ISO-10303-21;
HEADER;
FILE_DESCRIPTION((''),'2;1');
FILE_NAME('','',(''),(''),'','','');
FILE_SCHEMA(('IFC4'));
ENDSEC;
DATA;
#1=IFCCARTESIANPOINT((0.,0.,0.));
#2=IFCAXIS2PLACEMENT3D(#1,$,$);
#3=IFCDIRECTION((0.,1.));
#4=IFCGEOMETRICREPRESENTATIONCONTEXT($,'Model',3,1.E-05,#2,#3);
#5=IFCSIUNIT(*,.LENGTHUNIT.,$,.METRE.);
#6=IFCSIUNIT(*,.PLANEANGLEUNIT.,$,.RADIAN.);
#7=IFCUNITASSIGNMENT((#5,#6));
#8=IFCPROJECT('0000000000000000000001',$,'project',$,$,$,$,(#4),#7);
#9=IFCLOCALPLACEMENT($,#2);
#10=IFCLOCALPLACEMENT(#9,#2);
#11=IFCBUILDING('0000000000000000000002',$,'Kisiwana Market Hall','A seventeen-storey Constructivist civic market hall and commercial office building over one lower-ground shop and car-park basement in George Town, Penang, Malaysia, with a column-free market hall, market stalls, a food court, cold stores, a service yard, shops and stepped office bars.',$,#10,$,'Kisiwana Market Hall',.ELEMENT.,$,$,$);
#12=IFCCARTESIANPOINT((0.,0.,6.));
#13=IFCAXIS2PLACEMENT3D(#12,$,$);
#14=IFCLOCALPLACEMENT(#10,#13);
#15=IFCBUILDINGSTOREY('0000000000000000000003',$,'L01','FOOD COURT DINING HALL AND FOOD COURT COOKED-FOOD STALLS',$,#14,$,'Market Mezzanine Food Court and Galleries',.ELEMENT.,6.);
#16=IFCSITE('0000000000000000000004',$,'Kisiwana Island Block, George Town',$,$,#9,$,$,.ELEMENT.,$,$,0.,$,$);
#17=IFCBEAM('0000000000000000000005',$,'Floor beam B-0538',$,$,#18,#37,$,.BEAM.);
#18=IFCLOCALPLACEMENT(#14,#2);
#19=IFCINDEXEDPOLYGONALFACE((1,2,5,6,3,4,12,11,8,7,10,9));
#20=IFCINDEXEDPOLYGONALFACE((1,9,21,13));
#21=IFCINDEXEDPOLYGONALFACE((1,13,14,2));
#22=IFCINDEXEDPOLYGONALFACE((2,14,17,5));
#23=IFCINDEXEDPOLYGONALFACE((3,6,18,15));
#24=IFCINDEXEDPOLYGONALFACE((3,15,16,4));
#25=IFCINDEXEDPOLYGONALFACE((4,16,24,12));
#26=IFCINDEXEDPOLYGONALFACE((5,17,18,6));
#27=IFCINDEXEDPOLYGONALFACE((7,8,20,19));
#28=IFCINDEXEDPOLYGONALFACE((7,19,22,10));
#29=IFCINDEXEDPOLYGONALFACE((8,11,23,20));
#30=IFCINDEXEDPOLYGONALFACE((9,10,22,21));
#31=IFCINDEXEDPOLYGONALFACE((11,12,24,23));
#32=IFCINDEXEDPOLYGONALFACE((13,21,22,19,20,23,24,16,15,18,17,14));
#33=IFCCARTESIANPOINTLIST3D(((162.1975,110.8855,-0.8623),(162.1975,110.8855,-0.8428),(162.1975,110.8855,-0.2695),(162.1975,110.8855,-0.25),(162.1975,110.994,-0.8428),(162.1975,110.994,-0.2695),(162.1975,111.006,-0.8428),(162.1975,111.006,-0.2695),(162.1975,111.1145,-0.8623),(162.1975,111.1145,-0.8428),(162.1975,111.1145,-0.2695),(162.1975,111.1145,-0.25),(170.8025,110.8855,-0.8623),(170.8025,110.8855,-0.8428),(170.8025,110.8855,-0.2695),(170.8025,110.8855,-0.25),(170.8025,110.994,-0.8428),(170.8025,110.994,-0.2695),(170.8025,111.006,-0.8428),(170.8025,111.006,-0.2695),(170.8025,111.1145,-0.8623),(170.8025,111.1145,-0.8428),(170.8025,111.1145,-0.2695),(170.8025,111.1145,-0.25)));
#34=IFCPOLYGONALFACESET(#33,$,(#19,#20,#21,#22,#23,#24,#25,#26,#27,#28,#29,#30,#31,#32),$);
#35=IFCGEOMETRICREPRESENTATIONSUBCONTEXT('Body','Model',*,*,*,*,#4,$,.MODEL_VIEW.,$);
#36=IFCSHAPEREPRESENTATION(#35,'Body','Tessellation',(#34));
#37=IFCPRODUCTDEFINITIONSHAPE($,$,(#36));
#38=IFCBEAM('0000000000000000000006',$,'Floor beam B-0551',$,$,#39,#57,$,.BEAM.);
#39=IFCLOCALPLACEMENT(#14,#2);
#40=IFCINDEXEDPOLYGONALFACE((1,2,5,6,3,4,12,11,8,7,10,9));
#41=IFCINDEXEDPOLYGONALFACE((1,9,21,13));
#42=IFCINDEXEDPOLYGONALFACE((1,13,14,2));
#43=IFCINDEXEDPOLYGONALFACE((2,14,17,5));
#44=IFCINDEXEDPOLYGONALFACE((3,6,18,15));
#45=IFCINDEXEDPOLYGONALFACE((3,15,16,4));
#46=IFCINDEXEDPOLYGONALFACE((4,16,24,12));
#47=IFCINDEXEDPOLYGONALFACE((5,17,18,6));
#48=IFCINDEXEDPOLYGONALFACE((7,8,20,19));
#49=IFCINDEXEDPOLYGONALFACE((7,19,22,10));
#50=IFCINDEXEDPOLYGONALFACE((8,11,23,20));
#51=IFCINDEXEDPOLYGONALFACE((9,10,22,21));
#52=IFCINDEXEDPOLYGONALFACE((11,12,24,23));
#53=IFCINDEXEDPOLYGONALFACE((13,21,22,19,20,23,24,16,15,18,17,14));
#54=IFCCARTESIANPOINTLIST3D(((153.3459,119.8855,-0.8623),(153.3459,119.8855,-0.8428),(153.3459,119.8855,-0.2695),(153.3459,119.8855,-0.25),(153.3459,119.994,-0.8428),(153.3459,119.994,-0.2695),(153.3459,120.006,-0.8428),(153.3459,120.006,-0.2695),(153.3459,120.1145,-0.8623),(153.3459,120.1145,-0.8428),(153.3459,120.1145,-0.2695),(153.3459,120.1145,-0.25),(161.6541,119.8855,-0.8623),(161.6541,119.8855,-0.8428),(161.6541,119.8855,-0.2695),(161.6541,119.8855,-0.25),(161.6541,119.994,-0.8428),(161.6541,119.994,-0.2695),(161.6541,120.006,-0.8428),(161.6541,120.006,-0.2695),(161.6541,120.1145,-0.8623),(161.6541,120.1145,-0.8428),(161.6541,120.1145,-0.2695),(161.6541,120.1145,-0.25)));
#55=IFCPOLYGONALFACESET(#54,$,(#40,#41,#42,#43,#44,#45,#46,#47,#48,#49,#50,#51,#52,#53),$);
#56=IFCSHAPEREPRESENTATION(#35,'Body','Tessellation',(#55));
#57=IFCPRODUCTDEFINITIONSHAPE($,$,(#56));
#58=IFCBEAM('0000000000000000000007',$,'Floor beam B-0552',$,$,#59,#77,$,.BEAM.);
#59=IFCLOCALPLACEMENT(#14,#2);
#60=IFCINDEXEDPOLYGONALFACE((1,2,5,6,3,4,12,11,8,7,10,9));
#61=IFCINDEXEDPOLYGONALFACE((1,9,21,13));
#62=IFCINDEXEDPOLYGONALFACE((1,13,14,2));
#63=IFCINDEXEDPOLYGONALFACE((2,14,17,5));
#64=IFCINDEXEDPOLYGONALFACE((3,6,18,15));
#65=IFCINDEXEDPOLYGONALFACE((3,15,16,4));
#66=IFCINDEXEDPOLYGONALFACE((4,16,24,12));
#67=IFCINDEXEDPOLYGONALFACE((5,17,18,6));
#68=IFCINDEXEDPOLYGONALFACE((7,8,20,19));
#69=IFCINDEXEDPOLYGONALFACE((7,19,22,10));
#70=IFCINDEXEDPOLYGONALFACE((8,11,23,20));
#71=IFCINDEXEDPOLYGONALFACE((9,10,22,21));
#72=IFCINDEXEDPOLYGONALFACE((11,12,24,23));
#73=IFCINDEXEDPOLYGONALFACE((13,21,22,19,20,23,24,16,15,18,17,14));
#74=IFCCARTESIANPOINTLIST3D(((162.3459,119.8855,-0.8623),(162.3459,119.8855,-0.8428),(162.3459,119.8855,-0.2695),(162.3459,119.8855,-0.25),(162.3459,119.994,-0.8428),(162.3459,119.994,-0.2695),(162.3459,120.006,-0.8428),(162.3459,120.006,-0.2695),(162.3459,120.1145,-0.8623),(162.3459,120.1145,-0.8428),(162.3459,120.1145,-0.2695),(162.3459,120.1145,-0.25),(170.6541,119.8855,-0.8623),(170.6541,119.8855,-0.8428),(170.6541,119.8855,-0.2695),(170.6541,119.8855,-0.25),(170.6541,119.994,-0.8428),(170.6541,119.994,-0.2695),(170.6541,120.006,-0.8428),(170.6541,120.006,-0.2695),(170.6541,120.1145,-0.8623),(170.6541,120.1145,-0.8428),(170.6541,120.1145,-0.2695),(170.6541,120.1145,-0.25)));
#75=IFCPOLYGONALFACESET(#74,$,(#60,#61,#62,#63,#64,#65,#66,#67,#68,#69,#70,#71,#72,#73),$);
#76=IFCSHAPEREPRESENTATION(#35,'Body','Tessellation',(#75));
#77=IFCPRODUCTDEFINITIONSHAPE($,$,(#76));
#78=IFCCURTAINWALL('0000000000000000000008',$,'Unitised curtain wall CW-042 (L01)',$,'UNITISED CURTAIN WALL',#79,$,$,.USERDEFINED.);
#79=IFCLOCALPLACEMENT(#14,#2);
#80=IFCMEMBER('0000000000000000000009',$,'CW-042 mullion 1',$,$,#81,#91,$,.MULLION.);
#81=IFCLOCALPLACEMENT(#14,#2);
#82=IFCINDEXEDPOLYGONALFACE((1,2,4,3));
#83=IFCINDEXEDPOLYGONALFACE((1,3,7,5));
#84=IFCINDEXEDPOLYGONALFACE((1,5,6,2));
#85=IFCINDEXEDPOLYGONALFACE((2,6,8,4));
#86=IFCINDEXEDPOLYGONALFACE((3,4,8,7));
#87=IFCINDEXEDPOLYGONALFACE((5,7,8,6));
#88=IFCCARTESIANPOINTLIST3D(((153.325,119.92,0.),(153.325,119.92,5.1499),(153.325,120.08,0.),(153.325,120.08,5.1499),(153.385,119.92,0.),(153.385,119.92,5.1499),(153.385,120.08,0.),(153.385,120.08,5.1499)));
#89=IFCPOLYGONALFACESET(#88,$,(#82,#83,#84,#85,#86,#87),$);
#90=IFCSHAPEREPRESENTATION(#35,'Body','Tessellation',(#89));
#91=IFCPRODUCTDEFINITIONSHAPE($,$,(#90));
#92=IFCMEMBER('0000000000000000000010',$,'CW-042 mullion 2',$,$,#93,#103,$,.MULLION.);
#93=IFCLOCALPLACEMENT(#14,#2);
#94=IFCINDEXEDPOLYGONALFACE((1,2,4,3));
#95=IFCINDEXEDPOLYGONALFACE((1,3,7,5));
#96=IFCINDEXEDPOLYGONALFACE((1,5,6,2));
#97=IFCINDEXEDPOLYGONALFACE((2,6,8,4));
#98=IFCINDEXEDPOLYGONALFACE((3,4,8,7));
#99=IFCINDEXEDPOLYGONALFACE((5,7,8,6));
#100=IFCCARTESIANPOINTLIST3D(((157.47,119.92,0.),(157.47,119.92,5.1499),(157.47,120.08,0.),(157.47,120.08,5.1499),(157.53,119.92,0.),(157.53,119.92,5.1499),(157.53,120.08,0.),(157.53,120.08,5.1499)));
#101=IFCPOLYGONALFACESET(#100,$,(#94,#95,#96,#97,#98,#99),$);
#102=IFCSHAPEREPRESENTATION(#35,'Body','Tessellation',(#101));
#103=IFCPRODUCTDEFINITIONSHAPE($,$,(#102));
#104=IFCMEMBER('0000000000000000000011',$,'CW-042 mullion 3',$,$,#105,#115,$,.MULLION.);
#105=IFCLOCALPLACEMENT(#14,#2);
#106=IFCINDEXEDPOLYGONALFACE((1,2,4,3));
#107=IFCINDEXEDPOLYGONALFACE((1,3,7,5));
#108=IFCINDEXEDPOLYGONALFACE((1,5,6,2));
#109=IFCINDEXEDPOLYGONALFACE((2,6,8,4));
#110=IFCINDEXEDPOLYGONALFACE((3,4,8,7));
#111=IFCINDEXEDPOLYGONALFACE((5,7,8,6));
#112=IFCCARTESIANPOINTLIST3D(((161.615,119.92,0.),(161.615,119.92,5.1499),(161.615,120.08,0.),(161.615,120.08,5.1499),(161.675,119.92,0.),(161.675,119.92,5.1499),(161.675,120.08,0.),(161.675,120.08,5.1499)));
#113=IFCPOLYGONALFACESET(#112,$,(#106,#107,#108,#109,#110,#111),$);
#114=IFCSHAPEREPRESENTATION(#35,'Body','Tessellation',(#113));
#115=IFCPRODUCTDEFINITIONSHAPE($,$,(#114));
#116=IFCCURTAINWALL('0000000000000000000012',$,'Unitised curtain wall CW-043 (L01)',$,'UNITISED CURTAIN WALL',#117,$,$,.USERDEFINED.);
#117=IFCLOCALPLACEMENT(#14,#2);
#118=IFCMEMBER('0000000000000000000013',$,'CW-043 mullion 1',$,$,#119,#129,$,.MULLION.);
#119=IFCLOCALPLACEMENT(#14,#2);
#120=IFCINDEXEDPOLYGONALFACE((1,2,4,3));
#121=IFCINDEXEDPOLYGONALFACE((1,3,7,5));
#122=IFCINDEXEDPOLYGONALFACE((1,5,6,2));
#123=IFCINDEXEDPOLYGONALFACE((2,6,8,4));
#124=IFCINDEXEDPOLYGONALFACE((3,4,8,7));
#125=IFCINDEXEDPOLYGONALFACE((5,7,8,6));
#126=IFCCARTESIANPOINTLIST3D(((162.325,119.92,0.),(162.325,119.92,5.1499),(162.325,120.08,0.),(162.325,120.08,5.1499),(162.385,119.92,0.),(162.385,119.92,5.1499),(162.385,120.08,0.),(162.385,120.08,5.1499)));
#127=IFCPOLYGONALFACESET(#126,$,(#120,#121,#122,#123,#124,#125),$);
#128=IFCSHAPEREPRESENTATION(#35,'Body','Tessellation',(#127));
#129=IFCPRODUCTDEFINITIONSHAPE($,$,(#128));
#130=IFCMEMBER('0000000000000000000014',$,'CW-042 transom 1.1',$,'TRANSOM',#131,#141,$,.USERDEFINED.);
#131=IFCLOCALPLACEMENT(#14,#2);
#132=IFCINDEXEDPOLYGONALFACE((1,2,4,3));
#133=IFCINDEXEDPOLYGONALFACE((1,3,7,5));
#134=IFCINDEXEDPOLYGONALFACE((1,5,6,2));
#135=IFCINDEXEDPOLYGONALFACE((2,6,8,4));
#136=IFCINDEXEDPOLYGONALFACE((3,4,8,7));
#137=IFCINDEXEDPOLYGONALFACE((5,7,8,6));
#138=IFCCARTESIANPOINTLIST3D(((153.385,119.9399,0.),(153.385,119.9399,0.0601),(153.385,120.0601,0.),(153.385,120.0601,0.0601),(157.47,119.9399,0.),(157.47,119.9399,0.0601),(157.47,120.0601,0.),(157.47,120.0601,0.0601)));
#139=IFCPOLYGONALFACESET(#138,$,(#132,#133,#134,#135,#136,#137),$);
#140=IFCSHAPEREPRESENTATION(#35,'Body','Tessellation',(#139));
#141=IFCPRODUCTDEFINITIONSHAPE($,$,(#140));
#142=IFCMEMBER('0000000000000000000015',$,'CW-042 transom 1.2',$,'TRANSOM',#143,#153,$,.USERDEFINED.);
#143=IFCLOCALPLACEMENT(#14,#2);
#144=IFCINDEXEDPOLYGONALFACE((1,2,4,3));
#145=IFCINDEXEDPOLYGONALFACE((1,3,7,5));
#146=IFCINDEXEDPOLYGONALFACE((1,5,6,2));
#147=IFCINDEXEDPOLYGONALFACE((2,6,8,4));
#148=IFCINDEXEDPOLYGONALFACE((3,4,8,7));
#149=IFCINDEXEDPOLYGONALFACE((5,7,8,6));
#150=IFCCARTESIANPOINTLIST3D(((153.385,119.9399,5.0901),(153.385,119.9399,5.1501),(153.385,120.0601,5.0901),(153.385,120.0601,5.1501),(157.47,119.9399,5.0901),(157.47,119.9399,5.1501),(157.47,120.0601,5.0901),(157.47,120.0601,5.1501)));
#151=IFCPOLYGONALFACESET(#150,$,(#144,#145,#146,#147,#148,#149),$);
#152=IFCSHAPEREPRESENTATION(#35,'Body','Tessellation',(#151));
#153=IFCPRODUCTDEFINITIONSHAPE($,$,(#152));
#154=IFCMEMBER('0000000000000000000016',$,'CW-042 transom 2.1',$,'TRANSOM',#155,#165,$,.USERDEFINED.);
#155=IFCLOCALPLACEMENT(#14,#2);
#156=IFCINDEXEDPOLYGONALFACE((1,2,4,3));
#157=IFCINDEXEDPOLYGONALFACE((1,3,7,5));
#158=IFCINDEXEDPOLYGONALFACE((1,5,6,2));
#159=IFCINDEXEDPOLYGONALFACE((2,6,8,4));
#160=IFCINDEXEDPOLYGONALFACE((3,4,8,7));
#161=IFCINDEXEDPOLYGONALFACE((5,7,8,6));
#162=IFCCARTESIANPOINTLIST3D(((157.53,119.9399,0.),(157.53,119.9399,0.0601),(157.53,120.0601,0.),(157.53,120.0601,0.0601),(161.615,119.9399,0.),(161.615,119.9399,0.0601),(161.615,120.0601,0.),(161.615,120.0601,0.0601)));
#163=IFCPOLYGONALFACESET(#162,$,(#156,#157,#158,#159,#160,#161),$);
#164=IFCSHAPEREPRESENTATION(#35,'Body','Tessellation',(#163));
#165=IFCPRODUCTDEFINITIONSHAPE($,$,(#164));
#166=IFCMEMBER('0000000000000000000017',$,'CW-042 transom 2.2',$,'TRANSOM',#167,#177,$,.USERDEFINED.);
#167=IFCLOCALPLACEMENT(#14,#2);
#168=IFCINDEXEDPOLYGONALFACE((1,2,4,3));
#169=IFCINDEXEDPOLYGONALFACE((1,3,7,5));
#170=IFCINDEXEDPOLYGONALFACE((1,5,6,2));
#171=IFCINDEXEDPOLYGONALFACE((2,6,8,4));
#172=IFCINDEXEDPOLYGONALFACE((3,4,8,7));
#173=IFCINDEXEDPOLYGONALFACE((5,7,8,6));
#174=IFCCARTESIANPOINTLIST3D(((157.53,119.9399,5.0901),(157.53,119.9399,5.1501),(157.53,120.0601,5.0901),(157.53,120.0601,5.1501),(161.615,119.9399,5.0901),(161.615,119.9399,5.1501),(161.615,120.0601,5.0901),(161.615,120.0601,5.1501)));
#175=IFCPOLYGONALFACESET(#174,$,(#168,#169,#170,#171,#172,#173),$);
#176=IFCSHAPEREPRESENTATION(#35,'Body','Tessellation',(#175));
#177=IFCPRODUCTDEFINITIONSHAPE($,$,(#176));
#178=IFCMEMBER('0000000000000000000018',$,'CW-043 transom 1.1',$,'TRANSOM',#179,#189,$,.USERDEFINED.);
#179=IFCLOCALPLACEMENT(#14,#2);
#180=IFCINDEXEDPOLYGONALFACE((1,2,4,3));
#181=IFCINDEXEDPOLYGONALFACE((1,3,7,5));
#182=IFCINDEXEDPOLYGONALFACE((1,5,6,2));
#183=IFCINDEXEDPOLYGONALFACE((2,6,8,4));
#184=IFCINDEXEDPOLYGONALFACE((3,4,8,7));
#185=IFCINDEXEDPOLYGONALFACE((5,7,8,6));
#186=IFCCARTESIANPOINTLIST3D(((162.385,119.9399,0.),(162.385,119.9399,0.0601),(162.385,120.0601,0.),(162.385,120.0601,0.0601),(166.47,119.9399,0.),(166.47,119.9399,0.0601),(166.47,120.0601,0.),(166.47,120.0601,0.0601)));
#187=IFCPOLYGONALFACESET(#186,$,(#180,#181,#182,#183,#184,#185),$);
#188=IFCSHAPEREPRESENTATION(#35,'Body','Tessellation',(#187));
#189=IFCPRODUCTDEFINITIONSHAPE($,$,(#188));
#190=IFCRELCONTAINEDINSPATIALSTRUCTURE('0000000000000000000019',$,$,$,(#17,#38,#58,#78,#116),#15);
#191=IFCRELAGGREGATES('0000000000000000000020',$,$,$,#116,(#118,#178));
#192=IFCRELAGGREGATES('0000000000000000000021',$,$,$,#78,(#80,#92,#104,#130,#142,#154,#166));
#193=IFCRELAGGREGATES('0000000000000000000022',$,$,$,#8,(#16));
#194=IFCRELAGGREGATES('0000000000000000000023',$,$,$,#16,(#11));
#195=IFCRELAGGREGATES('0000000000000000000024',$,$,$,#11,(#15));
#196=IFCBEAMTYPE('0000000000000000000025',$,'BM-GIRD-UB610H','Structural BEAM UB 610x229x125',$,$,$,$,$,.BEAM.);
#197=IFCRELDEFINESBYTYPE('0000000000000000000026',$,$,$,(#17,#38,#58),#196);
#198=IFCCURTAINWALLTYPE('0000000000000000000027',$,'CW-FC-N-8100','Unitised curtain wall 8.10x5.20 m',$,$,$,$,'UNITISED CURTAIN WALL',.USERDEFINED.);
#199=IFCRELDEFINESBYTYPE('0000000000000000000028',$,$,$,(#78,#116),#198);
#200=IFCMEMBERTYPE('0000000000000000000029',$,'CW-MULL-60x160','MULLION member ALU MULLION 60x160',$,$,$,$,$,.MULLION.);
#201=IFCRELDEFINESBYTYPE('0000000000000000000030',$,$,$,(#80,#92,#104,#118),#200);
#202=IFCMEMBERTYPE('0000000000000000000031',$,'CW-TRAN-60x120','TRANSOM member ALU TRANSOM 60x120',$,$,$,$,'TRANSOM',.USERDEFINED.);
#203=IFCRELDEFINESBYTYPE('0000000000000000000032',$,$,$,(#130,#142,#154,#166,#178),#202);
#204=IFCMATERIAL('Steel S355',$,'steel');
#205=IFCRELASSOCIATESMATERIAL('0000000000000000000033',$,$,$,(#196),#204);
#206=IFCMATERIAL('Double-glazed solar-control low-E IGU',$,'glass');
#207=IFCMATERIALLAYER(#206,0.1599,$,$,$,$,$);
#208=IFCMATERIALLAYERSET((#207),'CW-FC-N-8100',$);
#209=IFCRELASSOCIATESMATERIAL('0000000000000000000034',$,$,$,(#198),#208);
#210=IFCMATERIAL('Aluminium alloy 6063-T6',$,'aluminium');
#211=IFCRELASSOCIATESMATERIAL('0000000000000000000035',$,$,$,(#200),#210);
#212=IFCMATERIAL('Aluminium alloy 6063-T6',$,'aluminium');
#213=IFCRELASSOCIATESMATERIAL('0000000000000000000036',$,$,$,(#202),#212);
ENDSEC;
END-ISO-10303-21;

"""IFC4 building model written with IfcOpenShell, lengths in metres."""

from ifc_helpers import new_model, si_unit, direction, frame, origin, origin_2d, place, context, subcontext, project, spatial, rectangle, i_section, extrude, material, layer, layer_set, material_profile, profile_set, type_object, element, aggregate, save


model = new_model("IFC4")

# Units and contexts
model_context = context("Model", 3, precision=1e-05, world=origin(), true_north=direction((0.0, 1.0)))
body_context = subcontext(model_context, "Body", "Model", "MODEL_VIEW")
ifc_project = project(units=[si_unit("LENGTHUNIT", "METRE"), si_unit("PLANEANGLEUNIT", "RADIAN")], contexts=[model_context])

# Site, building, storey
site_placement = place(None, origin())
site = spatial("IfcSite", under=ifc_project, at=site_placement, Name="Kisiwana Island Block, George Town", CompositionType="ELEMENT", RefElevation=0.0)
building_placement = place(site_placement, origin())
building = spatial("IfcBuilding", under=site, at=building_placement, Name="Kisiwana Market Hall", Description="A seventeen-storey Constructivist civic market hall and commercial office building over one lower-ground shop and car-park basement in George Town, Penang, Malaysia, with a column-free market hall, market stalls, a food court, cold stores, a service yard, shops and stepped office bars.", LongName="Kisiwana Market Hall", CompositionType="ELEMENT")
storey_placement = place(building_placement, frame((0.0, 0.0, 6.0)))
storey = spatial("IfcBuildingStorey", under=building, at=storey_placement, Name="L01", Description="FOOD COURT DINING HALL AND FOOD COURT COOKED-FOOD STALLS", LongName="Market Mezzanine Food Court and Galleries", CompositionType="ELEMENT", Elevation=6.0)

# Beams
ifc_material_1 = material(Name="Steel S355", Category="steel")
ifc_material_profile_1 = material_profile(ifc_material_1, i_section(OverallWidth=0.229, OverallDepth=0.6123, WebThickness=0.012, FlangeThickness=0.0195, at=origin_2d()), Name="UB 610x229x125")
ifc_profile_set_1 = profile_set([ifc_material_profile_1], Name="Steel S355")
beam_type_1 = type_object("IfcBeamType", Name="BM-GIRD-UB610H", Description="Structural BEAM UB 610x229x125", PredefinedType="BEAM", material=ifc_profile_set_1)
beam_1_placement = place(storey_placement, frame((162.1975, 111.0, -0.5562), z_axis=(1.0, 0.0, 0.0), x_axis=(0.0, 1.0, 0.0)))
element("IfcBeam", 1, at=beam_1_placement, inside=storey, type_object=beam_type_1, Name="Floor beam B-0538", PredefinedType="BEAM", context=body_context, shape_type="SweptSolid", body=[
    extrude(i_section(OverallWidth=0.229, OverallDepth=0.6123, WebThickness=0.012, FlangeThickness=0.0195, at=origin_2d()), origin(), (0.0, 0.0, 1.0), 8.605),
])
for number, where, z_axis, x_axis, name in (
    (2, (153.3459, 120.0, -0.5562), (1.0, 0.0, 0.0), (0.0, 1.0, 0.0), "Floor beam B-0551"),
    (3, (162.3459, 120.0, -0.5562), (1.0, 0.0, 0.0), (0.0, 1.0, 0.0), "Floor beam B-0552"),
):
    element("IfcBeam", number, at=place(storey_placement, frame(where, z_axis=z_axis, x_axis=x_axis)), inside=storey, type_object=beam_type_1, Name=name, PredefinedType="BEAM", context=body_context, shape_type="SweptSolid", body=[
        extrude(i_section(OverallWidth=0.229, OverallDepth=0.6123, WebThickness=0.012, FlangeThickness=0.0195, at=origin_2d()), origin(), (0.0, 0.0, 1.0), 8.3081),
    ])

# Curtain wall, members
ifc_material_2 = material(Name="Double-glazed solar-control low-E IGU", Category="glass")
ifc_layer_1 = layer(ifc_material_2, 0.1599)
ifc_layer_set_1 = layer_set([ifc_layer_1], Name="CW-FC-N-8100")
curtain_wall_type = type_object("IfcCurtainWallType", Name="CW-FC-N-8100", Description="Unitised curtain wall 8.10x5.20 m", ElementType="UNITISED CURTAIN WALL", PredefinedType="USERDEFINED", material=ifc_layer_set_1)
curtain_wall_1_placement = place(storey_placement, origin())
curtain_wall_1 = element("IfcCurtainWall", 4, at=curtain_wall_1_placement, inside=storey, type_object=curtain_wall_type, Name="Unitised curtain wall CW-042 (L01)", ObjectType="UNITISED CURTAIN WALL", PredefinedType="USERDEFINED")
ifc_material_3 = material(Name="Aluminium alloy 6063-T6", Category="aluminium")
ifc_material_profile_2 = material_profile(ifc_material_3, rectangle(XDim=0.0601, YDim=0.1599, at=origin_2d()), Name="ALU MULLION 60x160")
ifc_profile_set_2 = profile_set([ifc_material_profile_2], Name="Aluminium alloy 6063-T6")
member_type_1 = type_object("IfcMemberType", Name="CW-MULL-60x160", Description="MULLION member ALU MULLION 60x160", PredefinedType="MULLION", material=ifc_profile_set_2)
member_1_placement = place(storey_placement, frame((153.355, 120.0, 0.0), z_axis=(0.0, 0.0, 1.0), x_axis=(1.0, 0.0, 0.0)))
member_1 = element("IfcMember", 5, at=member_1_placement, type_object=member_type_1, Name="CW-042 mullion 1", PredefinedType="MULLION", context=body_context, shape_type="SweptSolid", body=[
    extrude(rectangle(XDim=0.0601, YDim=0.1599, at=origin_2d()), origin(), (0.0, 0.0, 1.0), 5.1499),
])
member_2_placement = place(storey_placement, frame((157.5, 120.0, 0.0), z_axis=(0.0, 0.0, 1.0), x_axis=(1.0, 0.0, 0.0)))
member_2 = element("IfcMember", 6, at=member_2_placement, type_object=member_type_1, Name="CW-042 mullion 2", PredefinedType="MULLION", context=body_context, shape_type="SweptSolid", body=[
    extrude(rectangle(XDim=0.0601, YDim=0.1599, at=origin_2d()), origin(), (0.0, 0.0, 1.0), 5.1499),
])
member_3_placement = place(storey_placement, frame((161.645, 120.0, 0.0), z_axis=(0.0, 0.0, 1.0), x_axis=(1.0, 0.0, 0.0)))
member_3 = element("IfcMember", 7, at=member_3_placement, type_object=member_type_1, Name="CW-042 mullion 3", PredefinedType="MULLION", context=body_context, shape_type="SweptSolid", body=[
    extrude(rectangle(XDim=0.0601, YDim=0.1599, at=origin_2d()), origin(), (0.0, 0.0, 1.0), 5.1499),
])

# Curtain wall, member
curtain_wall_2_placement = place(storey_placement, origin())
curtain_wall_2 = element("IfcCurtainWall", 8, at=curtain_wall_2_placement, inside=storey, type_object=curtain_wall_type, Name="Unitised curtain wall CW-043 (L01)", ObjectType="UNITISED CURTAIN WALL", PredefinedType="USERDEFINED")
member_4_placement = place(storey_placement, frame((162.355, 120.0, 0.0), z_axis=(0.0, 0.0, 1.0), x_axis=(1.0, 0.0, 0.0)))
member_4 = element("IfcMember", 9, at=member_4_placement, type_object=member_type_1, Name="CW-043 mullion 1", PredefinedType="MULLION", context=body_context, shape_type="SweptSolid", body=[
    extrude(rectangle(XDim=0.0601, YDim=0.1599, at=origin_2d()), origin(), (0.0, 0.0, 1.0), 5.1499),
])

# Members
ifc_material_4 = material(Name="Aluminium alloy 6063-T6", Category="aluminium")
ifc_material_profile_3 = material_profile(ifc_material_4, rectangle(XDim=0.1201, YDim=0.0601, at=origin_2d()), Name="ALU TRANSOM 60x120")
ifc_profile_set_3 = profile_set([ifc_material_profile_3], Name="Aluminium alloy 6063-T6")
member_type_2 = type_object("IfcMemberType", Name="CW-TRAN-60x120", Description="TRANSOM member ALU TRANSOM 60x120", ElementType="TRANSOM", PredefinedType="USERDEFINED", material=ifc_profile_set_3)
member_5_placement = place(storey_placement, frame((153.385, 120.0, 0.03), z_axis=(1.0, 0.0, 0.0), x_axis=(0.0, 1.0, 0.0)))
member_5 = element("IfcMember", 10, at=member_5_placement, type_object=member_type_2, Name="CW-042 transom 1.1", ObjectType="TRANSOM", PredefinedType="USERDEFINED", context=body_context, shape_type="SweptSolid", body=[
    extrude(rectangle(XDim=0.1201, YDim=0.0601, at=origin_2d()), origin(), (0.0, 0.0, 1.0), 4.085),
])
member_6_placement = place(storey_placement, frame((153.385, 120.0, 5.1201), z_axis=(1.0, 0.0, 0.0), x_axis=(0.0, 1.0, 0.0)))
member_6 = element("IfcMember", 11, at=member_6_placement, type_object=member_type_2, Name="CW-042 transom 1.2", ObjectType="TRANSOM", PredefinedType="USERDEFINED", context=body_context, shape_type="SweptSolid", body=[
    extrude(rectangle(XDim=0.1201, YDim=0.0601, at=origin_2d()), origin(), (0.0, 0.0, 1.0), 4.085),
])
member_7_placement = place(storey_placement, frame((157.53, 120.0, 0.03), z_axis=(1.0, 0.0, 0.0), x_axis=(0.0, 1.0, 0.0)))
member_7 = element("IfcMember", 12, at=member_7_placement, type_object=member_type_2, Name="CW-042 transom 2.1", ObjectType="TRANSOM", PredefinedType="USERDEFINED", context=body_context, shape_type="SweptSolid", body=[
    extrude(rectangle(XDim=0.1201, YDim=0.0601, at=origin_2d()), origin(), (0.0, 0.0, 1.0), 4.085),
])
member_8_placement = place(storey_placement, frame((157.53, 120.0, 5.1201), z_axis=(1.0, 0.0, 0.0), x_axis=(0.0, 1.0, 0.0)))
member_8 = element("IfcMember", 13, at=member_8_placement, type_object=member_type_2, Name="CW-042 transom 2.2", ObjectType="TRANSOM", PredefinedType="USERDEFINED", context=body_context, shape_type="SweptSolid", body=[
    extrude(rectangle(XDim=0.1201, YDim=0.0601, at=origin_2d()), origin(), (0.0, 0.0, 1.0), 4.085),
])
member_9_placement = place(storey_placement, frame((162.385, 120.0, 0.03), z_axis=(1.0, 0.0, 0.0), x_axis=(0.0, 1.0, 0.0)))
member_9 = element("IfcMember", 14, at=member_9_placement, type_object=member_type_2, Name="CW-043 transom 1.1", ObjectType="TRANSOM", PredefinedType="USERDEFINED", context=body_context, shape_type="SweptSolid", body=[
    extrude(rectangle(XDim=0.1201, YDim=0.0601, at=origin_2d()), origin(), (0.0, 0.0, 1.0), 4.085),
])
aggregate(curtain_wall_2, [member_4, member_9])

aggregate(curtain_wall_1, [member_1, member_2, member_3, member_5, member_6, member_7, member_8])

save(model, "model.ifc")
